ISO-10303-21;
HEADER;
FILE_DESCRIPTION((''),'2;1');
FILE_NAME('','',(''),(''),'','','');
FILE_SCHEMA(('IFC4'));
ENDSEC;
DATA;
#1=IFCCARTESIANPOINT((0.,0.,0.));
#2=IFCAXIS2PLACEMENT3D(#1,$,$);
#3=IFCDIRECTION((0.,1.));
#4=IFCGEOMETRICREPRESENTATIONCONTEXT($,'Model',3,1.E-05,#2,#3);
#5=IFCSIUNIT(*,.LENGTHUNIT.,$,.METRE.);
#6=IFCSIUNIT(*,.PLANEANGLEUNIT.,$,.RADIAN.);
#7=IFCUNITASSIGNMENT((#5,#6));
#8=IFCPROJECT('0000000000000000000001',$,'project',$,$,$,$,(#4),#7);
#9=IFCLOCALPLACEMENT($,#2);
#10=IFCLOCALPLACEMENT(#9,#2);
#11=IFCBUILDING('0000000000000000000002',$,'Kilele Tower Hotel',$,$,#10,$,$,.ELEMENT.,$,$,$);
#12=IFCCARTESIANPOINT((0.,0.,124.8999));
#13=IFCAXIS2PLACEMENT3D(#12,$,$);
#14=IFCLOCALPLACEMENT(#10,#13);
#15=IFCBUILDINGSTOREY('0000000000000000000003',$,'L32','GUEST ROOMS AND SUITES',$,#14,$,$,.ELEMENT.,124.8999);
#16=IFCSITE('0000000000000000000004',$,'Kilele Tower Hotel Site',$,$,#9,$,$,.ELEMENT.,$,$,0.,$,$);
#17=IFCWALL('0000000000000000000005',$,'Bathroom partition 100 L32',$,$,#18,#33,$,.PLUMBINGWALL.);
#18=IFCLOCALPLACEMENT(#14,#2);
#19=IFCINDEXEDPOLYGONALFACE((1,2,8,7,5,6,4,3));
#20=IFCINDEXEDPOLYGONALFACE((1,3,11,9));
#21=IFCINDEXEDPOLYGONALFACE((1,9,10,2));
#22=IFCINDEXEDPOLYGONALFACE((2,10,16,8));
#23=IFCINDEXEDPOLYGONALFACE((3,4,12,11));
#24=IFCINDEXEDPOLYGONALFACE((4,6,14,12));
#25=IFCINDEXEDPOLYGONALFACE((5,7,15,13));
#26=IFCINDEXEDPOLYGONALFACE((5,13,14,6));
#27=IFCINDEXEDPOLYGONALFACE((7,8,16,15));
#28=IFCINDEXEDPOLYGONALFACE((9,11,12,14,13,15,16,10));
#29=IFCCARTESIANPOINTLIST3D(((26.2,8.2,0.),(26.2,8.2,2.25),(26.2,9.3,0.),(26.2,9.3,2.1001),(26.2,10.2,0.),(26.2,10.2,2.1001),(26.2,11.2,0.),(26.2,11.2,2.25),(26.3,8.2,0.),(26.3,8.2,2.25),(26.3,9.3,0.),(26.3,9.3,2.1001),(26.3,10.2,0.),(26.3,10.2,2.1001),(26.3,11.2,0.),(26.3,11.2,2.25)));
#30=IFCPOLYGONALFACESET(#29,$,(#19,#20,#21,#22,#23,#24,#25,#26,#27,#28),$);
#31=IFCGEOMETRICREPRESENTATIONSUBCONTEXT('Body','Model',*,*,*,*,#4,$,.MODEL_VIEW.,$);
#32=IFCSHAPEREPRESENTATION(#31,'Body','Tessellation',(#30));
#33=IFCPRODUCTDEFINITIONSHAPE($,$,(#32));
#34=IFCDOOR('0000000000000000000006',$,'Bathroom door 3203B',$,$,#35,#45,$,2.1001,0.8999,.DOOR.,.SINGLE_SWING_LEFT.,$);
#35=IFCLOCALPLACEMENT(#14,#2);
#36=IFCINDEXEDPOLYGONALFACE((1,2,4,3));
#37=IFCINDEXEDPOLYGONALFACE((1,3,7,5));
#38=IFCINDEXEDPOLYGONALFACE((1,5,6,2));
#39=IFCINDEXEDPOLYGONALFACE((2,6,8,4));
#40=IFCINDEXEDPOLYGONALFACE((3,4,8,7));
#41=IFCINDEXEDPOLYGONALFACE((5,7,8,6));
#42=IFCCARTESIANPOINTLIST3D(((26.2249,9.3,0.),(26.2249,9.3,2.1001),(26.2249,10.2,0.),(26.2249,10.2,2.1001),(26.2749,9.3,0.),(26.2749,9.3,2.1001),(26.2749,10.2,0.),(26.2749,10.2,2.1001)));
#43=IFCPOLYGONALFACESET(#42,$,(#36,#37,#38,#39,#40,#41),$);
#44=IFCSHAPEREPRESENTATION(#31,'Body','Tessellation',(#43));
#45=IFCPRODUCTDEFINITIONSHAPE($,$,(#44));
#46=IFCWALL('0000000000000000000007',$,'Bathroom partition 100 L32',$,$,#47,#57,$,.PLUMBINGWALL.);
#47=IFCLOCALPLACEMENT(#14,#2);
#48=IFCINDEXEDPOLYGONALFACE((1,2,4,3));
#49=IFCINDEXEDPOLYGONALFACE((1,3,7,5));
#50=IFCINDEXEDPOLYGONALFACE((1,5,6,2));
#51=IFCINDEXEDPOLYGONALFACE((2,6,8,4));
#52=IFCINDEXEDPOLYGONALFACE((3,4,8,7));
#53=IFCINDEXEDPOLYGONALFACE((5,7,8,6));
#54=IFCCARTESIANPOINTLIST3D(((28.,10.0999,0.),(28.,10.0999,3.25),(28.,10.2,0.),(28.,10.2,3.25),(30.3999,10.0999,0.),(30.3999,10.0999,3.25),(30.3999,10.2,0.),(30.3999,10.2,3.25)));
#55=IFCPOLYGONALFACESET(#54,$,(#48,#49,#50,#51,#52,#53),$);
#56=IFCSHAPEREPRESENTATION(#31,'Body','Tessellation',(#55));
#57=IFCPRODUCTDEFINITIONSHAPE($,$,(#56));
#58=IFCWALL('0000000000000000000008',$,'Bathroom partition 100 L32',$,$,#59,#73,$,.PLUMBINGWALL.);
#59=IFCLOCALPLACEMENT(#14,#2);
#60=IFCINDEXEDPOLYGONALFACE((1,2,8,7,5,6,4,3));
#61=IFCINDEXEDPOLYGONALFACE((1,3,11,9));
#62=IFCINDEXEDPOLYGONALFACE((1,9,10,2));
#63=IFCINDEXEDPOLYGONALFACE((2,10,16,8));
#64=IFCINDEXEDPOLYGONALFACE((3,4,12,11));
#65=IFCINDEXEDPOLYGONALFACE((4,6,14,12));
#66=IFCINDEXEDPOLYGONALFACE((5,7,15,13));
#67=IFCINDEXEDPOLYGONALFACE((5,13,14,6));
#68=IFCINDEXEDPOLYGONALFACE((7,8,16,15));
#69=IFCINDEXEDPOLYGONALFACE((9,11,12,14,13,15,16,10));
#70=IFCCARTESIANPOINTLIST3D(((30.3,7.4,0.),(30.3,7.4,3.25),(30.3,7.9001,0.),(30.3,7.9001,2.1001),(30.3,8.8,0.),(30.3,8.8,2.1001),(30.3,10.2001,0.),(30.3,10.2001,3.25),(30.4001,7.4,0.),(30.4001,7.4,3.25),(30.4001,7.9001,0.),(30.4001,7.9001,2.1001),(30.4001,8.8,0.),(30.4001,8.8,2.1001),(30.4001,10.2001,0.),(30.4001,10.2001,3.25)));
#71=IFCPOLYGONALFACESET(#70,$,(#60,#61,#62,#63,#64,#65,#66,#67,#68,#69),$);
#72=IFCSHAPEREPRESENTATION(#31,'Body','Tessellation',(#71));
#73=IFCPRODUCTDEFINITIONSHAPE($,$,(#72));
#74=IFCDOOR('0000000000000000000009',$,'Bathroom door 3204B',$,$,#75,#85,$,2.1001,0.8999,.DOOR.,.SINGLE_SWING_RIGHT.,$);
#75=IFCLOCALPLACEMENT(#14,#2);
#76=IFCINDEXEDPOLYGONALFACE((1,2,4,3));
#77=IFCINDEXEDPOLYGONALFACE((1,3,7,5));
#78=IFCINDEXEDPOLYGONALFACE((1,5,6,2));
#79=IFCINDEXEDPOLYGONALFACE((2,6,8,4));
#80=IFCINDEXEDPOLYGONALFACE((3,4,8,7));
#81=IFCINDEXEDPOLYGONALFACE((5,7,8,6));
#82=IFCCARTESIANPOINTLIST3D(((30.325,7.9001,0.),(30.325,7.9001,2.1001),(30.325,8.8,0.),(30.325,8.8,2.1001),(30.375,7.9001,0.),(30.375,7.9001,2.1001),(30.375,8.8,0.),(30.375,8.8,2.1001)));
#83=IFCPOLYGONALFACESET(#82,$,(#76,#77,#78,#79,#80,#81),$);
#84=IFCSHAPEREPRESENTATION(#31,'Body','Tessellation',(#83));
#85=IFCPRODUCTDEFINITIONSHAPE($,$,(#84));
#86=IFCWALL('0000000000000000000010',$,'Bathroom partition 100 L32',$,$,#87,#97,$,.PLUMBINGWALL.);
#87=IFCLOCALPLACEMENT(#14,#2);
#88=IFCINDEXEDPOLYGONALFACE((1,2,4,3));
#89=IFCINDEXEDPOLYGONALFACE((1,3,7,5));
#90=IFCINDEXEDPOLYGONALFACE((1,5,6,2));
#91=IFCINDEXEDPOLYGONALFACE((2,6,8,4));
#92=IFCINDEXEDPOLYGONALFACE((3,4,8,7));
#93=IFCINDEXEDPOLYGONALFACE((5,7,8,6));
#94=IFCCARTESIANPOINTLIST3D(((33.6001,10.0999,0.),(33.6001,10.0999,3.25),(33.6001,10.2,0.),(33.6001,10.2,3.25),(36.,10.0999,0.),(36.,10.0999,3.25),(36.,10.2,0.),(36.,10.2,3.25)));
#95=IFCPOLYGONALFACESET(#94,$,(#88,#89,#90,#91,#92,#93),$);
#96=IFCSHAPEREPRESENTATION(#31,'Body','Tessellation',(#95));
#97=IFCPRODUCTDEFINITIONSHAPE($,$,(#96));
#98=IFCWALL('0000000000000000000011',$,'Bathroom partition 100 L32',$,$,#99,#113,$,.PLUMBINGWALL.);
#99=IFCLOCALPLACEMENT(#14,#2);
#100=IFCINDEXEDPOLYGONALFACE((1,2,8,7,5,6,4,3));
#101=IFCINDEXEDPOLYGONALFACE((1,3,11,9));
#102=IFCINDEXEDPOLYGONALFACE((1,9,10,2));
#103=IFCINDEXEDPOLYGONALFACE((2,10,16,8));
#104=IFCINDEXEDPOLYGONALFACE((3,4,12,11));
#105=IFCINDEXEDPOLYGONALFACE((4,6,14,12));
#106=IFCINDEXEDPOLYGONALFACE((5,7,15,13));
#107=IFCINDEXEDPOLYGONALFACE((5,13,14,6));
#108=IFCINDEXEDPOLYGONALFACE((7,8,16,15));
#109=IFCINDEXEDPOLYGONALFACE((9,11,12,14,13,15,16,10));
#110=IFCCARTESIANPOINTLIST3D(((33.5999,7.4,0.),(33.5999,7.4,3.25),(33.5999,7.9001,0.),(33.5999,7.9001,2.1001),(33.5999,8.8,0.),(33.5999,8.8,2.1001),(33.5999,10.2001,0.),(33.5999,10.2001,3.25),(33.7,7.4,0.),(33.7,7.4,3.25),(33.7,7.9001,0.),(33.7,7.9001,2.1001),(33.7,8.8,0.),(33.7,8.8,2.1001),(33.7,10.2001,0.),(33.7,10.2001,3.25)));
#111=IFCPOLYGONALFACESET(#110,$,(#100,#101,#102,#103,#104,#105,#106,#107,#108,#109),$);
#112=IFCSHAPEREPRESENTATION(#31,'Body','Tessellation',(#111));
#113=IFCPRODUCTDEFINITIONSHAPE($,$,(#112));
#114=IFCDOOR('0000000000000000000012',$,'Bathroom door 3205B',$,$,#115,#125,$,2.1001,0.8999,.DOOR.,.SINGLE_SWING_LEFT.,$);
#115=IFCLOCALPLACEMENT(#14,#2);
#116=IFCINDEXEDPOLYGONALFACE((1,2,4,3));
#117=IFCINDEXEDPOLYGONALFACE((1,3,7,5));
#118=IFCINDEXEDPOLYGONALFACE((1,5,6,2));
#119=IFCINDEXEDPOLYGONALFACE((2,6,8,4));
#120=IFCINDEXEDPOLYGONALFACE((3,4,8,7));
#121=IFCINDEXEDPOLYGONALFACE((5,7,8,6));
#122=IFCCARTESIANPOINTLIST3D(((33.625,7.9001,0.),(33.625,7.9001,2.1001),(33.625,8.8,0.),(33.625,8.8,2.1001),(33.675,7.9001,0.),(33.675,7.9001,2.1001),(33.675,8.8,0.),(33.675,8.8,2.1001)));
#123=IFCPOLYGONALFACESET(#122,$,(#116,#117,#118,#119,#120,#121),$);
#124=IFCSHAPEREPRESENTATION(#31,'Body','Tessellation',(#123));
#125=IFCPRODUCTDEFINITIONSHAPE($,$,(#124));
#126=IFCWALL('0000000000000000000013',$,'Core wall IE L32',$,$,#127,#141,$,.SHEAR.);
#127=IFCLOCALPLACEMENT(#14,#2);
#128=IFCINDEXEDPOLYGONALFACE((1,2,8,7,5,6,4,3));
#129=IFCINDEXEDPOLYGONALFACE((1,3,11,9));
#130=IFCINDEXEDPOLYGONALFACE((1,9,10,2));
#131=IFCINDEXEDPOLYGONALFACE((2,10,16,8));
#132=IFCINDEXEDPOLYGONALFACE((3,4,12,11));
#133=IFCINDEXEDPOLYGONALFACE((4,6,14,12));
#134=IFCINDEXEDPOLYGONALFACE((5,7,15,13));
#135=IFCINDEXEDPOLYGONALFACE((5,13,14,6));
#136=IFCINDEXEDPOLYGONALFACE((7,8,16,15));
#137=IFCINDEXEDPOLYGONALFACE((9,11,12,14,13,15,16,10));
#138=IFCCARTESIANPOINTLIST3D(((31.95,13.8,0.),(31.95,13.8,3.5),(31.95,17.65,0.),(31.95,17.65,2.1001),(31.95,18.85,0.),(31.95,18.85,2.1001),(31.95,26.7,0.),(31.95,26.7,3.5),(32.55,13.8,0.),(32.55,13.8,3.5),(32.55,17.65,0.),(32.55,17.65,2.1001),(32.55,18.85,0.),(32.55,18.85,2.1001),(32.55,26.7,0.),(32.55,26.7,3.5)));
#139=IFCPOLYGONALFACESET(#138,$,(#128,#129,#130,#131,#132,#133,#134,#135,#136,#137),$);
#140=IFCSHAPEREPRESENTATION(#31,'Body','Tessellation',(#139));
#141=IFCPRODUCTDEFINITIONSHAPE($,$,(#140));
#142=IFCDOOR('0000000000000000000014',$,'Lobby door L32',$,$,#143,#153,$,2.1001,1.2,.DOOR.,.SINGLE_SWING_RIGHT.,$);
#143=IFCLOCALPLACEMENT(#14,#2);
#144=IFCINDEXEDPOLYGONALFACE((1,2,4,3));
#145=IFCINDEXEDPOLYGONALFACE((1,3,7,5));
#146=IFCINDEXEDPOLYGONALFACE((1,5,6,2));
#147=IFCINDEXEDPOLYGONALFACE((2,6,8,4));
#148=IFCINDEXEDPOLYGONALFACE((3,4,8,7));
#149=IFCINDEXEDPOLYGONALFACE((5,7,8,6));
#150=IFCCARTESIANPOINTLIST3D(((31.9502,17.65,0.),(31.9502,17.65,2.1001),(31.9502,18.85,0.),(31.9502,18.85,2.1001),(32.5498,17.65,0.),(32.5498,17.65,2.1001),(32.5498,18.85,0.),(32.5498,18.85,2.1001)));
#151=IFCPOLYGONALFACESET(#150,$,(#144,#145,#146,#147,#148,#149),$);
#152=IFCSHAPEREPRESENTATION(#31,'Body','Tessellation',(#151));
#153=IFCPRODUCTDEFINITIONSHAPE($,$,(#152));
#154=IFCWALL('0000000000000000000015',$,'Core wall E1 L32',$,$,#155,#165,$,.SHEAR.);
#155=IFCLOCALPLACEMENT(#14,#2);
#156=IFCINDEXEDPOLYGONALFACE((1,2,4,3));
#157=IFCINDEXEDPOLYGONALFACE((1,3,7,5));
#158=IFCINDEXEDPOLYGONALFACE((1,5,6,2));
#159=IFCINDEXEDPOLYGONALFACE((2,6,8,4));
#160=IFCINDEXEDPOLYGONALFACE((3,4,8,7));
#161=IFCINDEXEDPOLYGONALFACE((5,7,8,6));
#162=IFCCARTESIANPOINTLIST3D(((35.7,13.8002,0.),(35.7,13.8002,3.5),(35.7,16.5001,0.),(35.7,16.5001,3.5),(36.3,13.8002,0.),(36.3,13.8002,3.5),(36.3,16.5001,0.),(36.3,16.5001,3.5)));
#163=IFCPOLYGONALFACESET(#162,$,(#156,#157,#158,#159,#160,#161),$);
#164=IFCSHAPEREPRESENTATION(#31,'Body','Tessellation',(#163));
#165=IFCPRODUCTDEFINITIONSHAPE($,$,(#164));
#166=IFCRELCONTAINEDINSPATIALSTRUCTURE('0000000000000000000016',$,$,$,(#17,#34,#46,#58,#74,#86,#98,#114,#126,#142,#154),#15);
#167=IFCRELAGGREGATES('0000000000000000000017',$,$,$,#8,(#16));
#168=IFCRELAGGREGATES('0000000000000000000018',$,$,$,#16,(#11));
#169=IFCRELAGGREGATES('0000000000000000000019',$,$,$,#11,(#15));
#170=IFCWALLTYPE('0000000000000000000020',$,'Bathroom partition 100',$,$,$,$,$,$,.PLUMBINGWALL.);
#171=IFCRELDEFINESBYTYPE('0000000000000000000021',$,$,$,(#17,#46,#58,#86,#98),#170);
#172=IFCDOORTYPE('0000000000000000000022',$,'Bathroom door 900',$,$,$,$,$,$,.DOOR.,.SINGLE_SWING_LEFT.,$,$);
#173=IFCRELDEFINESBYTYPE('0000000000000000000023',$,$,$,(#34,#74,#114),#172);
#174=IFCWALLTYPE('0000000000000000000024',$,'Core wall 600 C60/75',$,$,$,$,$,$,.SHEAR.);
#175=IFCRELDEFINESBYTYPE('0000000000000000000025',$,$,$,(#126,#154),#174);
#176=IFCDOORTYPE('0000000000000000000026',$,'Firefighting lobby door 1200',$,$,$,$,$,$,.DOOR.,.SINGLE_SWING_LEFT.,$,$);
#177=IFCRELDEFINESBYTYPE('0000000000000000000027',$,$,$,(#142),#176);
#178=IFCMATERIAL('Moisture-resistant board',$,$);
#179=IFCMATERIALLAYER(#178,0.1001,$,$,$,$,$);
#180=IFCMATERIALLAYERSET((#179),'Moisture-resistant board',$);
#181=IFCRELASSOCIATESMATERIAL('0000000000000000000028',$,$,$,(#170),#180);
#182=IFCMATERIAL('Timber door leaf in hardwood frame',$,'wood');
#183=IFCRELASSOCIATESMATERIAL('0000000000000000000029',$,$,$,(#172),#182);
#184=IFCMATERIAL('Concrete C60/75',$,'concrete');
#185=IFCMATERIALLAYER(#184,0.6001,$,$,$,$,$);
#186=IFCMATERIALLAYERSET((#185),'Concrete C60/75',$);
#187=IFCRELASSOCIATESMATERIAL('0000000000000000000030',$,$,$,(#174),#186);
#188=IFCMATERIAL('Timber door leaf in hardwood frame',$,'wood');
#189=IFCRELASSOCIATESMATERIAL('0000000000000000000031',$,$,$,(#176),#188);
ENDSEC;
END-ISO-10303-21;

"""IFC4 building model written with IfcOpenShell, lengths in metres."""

from ifc_helpers import new_model, si_unit, direction, frame, frame_2d, origin, place, context, subcontext, project, spatial, rectangle, extrude, material, layer, layer_set, type_object, element, fill, save


model = new_model("IFC4")

# Units and contexts
model_context = context("Model", 3, precision=1e-05, world=origin(), true_north=direction((0.0, 1.0)))
body_context = subcontext(model_context, "Body", "Model", "MODEL_VIEW")
ifc_project = project(units=[si_unit("LENGTHUNIT", "METRE"), si_unit("PLANEANGLEUNIT", "RADIAN")], contexts=[model_context])

# Site, building, storey
site_placement = place(None, origin())
site = spatial("IfcSite", under=ifc_project, at=site_placement, Name="Kilele Tower Hotel Site", CompositionType="ELEMENT", RefElevation=0.0)
building_placement = place(site_placement, origin())
building = spatial("IfcBuilding", under=site, at=building_placement, Name="Kilele Tower Hotel", CompositionType="ELEMENT")
storey_placement = place(building_placement, frame((0.0, 0.0, 124.8999)))
storey = spatial("IfcBuildingStorey", under=building, at=storey_placement, Name="L32", Description="GUEST ROOMS AND SUITES", CompositionType="ELEMENT", Elevation=124.8999)

# Wall, opening, door
ifc_material_1 = material(Name="Moisture-resistant board")
ifc_layer_1 = layer(ifc_material_1, 0.1001)
ifc_layer_set_1 = layer_set([ifc_layer_1], Name="Moisture-resistant board")
wall_type_1 = type_object("IfcWallType", Name="Bathroom partition 100", PredefinedType="PLUMBINGWALL", material=ifc_layer_set_1)
wall_1_placement = place(storey_placement, frame((26.25, 11.2, 0.0), z_axis=(0.0, 0.0, 1.0), x_axis=(0.0, -1.0, 0.0)))
wall_1 = element("IfcWall", 1, at=wall_1_placement, inside=storey, type_object=wall_type_1, Name="Bathroom partition 100 L32", PredefinedType="PLUMBINGWALL", context=body_context, shape_type="SweptSolid", body=[
    extrude(rectangle(XDim=3.0, YDim=0.1001, at=frame_2d((1.5, 0.0))), origin(), (0.0, 0.0, 1.0), 2.25),
])
opening_1_placement = place(wall_1_placement, frame((1.0, 0.0, 0.0)))
opening_1 = element("IfcOpeningElement", 2, at=opening_1_placement, cuts=wall_1, PredefinedType="OPENING", context=body_context, shape_type="SweptSolid", body=[
    extrude(rectangle(XDim=0.8999, YDim=2.1001, at=frame_2d((0.45, 1.05))), frame((0.0, 0.0601, 0.0), z_axis=(0.0, -1.0, 0.0), x_axis=(1.0, 0.0, 0.0)), (0.0, 0.0, 1.0), 0.1201),
])
ifc_material_2 = material(Name="Timber door leaf in hardwood frame", Category="wood")
door_type_1 = type_object("IfcDoorType", Name="Bathroom door 900", OperationType="SINGLE_SWING_LEFT", PredefinedType="DOOR", material=ifc_material_2)
door_1_placement = place(opening_1_placement, origin())
door_1 = element("IfcDoor", 3, at=door_1_placement, inside=storey, type_object=door_type_1, Name="Bathroom door 3203B", OperationType="SINGLE_SWING_LEFT", OverallHeight=2.1001, OverallWidth=0.8999, PredefinedType="DOOR", context=body_context, shape_type="SweptSolid", body=[
    extrude(rectangle(XDim=0.8999, YDim=2.1001, at=frame_2d((0.45, 1.05))), frame((0.0, 0.0249, 0.0), z_axis=(0.0, -1.0, 0.0), x_axis=(1.0, 0.0, 0.0)), (0.0, 0.0, 1.0), 0.05),
])
fill(opening_1, door_1)

# Wall
wall_2_placement = place(storey_placement, frame((28.0, 10.1499, 0.0), z_axis=(0.0, 0.0, 1.0), x_axis=(1.0, 0.0, 0.0)))
element("IfcWall", 4, at=wall_2_placement, inside=storey, type_object=wall_type_1, Name="Bathroom partition 100 L32", PredefinedType="PLUMBINGWALL", context=body_context, shape_type="SweptSolid", body=[
    extrude(rectangle(XDim=2.3999, YDim=0.1001, at=frame_2d((1.2, 0.0))), origin(), (0.0, 0.0, 1.0), 3.25),
])

# Wall, opening, door
wall_3_placement = place(storey_placement, frame((30.3501, 10.2, 0.0), z_axis=(0.0, 0.0, 1.0), x_axis=(0.0, -1.0, 0.0)))
wall_3 = element("IfcWall", 5, at=wall_3_placement, inside=storey, type_object=wall_type_1, Name="Bathroom partition 100 L32", PredefinedType="PLUMBINGWALL", context=body_context, shape_type="SweptSolid", body=[
    extrude(rectangle(XDim=2.8, YDim=0.1001, at=frame_2d((1.3999, 0.0))), origin(), (0.0, 0.0, 1.0), 3.25),
])
opening_2_placement = place(wall_3_placement, frame((1.3999, 0.0, 0.0)))
opening_2 = element("IfcOpeningElement", 6, at=opening_2_placement, cuts=wall_3, PredefinedType="OPENING", context=body_context, shape_type="SweptSolid", body=[
    extrude(rectangle(XDim=0.8999, YDim=2.1001, at=frame_2d((0.45, 1.05))), frame((0.0, 0.0601, 0.0), z_axis=(0.0, -1.0, 0.0), x_axis=(1.0, 0.0, 0.0)), (0.0, 0.0, 1.0), 0.1201),
])
door_2_placement = place(opening_2_placement, origin())
door_2 = element("IfcDoor", 7, at=door_2_placement, inside=storey, type_object=door_type_1, Name="Bathroom door 3204B", OperationType="SINGLE_SWING_RIGHT", OverallHeight=2.1001, OverallWidth=0.8999, PredefinedType="DOOR", context=body_context, shape_type="SweptSolid", body=[
    extrude(rectangle(XDim=0.8999, YDim=2.1001, at=frame_2d((0.45, 1.05))), frame((0.0, 0.0249, 0.0), z_axis=(0.0, -1.0, 0.0), x_axis=(1.0, 0.0, 0.0)), (0.0, 0.0, 1.0), 0.05),
])
fill(opening_2, door_2)

# Wall
wall_4_placement = place(storey_placement, frame((33.6001, 10.1499, 0.0), z_axis=(0.0, 0.0, 1.0), x_axis=(1.0, 0.0, 0.0)))
element("IfcWall", 8, at=wall_4_placement, inside=storey, type_object=wall_type_1, Name="Bathroom partition 100 L32", PredefinedType="PLUMBINGWALL", context=body_context, shape_type="SweptSolid", body=[
    extrude(rectangle(XDim=2.3999, YDim=0.1001, at=frame_2d((1.2, 0.0))), origin(), (0.0, 0.0, 1.0), 3.25),
])

# Walls, openings, doors
wall_5_placement = place(storey_placement, frame((33.6499, 10.2, 0.0), z_axis=(0.0, 0.0, 1.0), x_axis=(0.0, -1.0, 0.0)))
wall_5 = element("IfcWall", 9, at=wall_5_placement, inside=storey, type_object=wall_type_1, Name="Bathroom partition 100 L32", PredefinedType="PLUMBINGWALL", context=body_context, shape_type="SweptSolid", body=[
    extrude(rectangle(XDim=2.8, YDim=0.1001, at=frame_2d((1.3999, 0.0))), origin(), (0.0, 0.0, 1.0), 3.25),
])
opening_3_placement = place(wall_5_placement, frame((2.2998, 0.0, 0.0), z_axis=(0.0, 0.0, 1.0), x_axis=(-1.0, 0.0, 0.0)))
opening_3 = element("IfcOpeningElement", 10, at=opening_3_placement, cuts=wall_5, PredefinedType="OPENING", context=body_context, shape_type="SweptSolid", body=[
    extrude(rectangle(XDim=0.8999, YDim=2.1001, at=frame_2d((0.45, 1.05))), frame((0.0, 0.0601, 0.0), z_axis=(0.0, -1.0, 0.0), x_axis=(1.0, 0.0, 0.0)), (0.0, 0.0, 1.0), 0.1201),
])
door_3_placement = place(opening_3_placement, origin())
door_3 = element("IfcDoor", 11, at=door_3_placement, inside=storey, type_object=door_type_1, Name="Bathroom door 3205B", OperationType="SINGLE_SWING_LEFT", OverallHeight=2.1001, OverallWidth=0.8999, PredefinedType="DOOR", context=body_context, shape_type="SweptSolid", body=[
    extrude(rectangle(XDim=0.8999, YDim=2.1001, at=frame_2d((0.45, 1.05))), frame((0.0, 0.0249, 0.0), z_axis=(0.0, -1.0, 0.0), x_axis=(1.0, 0.0, 0.0)), (0.0, 0.0, 1.0), 0.05),
])
fill(opening_3, door_3)
ifc_material_3 = material(Name="Concrete C60/75", Category="concrete")
ifc_layer_2 = layer(ifc_material_3, 0.6001)
ifc_layer_set_2 = layer_set([ifc_layer_2], Name="Concrete C60/75")
wall_type_2 = type_object("IfcWallType", Name="Core wall 600 C60/75", PredefinedType="SHEAR", material=ifc_layer_set_2)
wall_6_placement = place(storey_placement, frame((32.25, 13.8, 0.0), z_axis=(0.0, 0.0, 1.0), x_axis=(0.0, 1.0, 0.0)))
wall_6 = element("IfcWall", 12, at=wall_6_placement, inside=storey, type_object=wall_type_2, Name="Core wall IE L32", PredefinedType="SHEAR", context=body_context, shape_type="SweptSolid", body=[
    extrude(rectangle(XDim=12.8999, YDim=0.6001, at=frame_2d((6.45, 0.0))), origin(), (0.0, 0.0, 1.0), 3.5),
])
opening_4_placement = place(wall_6_placement, frame((5.05, 0.0, 0.0), z_axis=(0.0, 0.0, 1.0), x_axis=(-1.0, 0.0, 0.0)))
opening_4 = element("IfcOpeningElement", 13, at=opening_4_placement, cuts=wall_6, PredefinedType="OPENING", context=body_context, shape_type="SweptSolid", body=[
    extrude(rectangle(XDim=1.2, YDim=2.1001, at=frame_2d((0.6001, 1.05))), frame((0.0, 0.3101, 0.0), z_axis=(0.0, -1.0, 0.0), x_axis=(1.0, 0.0, 0.0)), (0.0, 0.0, 1.0), 0.6201),
])
ifc_material_4 = material(Name="Timber door leaf in hardwood frame", Category="wood")
door_type_2 = type_object("IfcDoorType", Name="Firefighting lobby door 1200", OperationType="SINGLE_SWING_LEFT", PredefinedType="DOOR", material=ifc_material_4)
door_4_placement = place(opening_4_placement, origin())
door_4 = element("IfcDoor", 14, at=door_4_placement, inside=storey, type_object=door_type_2, Name="Lobby door L32", OperationType="SINGLE_SWING_RIGHT", OverallHeight=2.1001, OverallWidth=1.2, PredefinedType="DOOR", context=body_context, shape_type="SweptSolid", body=[
    extrude(rectangle(XDim=1.2, YDim=2.1001, at=frame_2d((0.6001, 1.05))), frame((0.0, 0.2998, 0.0), z_axis=(0.0, -1.0, 0.0), x_axis=(1.0, 0.0, 0.0)), (0.0, 0.0, 1.0), 0.5996),
])
fill(opening_4, door_4)

# Wall
wall_7_placement = place(storey_placement, frame((36.0, 13.8, 0.0), z_axis=(0.0, 0.0, 1.0), x_axis=(0.0, 1.0, 0.0)))
element("IfcWall", 15, at=wall_7_placement, inside=storey, type_object=wall_type_2, Name="Core wall E1 L32", PredefinedType="SHEAR", context=body_context, shape_type="SweptSolid", body=[
    extrude(rectangle(XDim=2.7, YDim=0.6001, at=frame_2d((1.3501, 0.0))), origin(), (0.0, 0.0, 1.0), 3.5),
])

save(model, "model.ifc")
